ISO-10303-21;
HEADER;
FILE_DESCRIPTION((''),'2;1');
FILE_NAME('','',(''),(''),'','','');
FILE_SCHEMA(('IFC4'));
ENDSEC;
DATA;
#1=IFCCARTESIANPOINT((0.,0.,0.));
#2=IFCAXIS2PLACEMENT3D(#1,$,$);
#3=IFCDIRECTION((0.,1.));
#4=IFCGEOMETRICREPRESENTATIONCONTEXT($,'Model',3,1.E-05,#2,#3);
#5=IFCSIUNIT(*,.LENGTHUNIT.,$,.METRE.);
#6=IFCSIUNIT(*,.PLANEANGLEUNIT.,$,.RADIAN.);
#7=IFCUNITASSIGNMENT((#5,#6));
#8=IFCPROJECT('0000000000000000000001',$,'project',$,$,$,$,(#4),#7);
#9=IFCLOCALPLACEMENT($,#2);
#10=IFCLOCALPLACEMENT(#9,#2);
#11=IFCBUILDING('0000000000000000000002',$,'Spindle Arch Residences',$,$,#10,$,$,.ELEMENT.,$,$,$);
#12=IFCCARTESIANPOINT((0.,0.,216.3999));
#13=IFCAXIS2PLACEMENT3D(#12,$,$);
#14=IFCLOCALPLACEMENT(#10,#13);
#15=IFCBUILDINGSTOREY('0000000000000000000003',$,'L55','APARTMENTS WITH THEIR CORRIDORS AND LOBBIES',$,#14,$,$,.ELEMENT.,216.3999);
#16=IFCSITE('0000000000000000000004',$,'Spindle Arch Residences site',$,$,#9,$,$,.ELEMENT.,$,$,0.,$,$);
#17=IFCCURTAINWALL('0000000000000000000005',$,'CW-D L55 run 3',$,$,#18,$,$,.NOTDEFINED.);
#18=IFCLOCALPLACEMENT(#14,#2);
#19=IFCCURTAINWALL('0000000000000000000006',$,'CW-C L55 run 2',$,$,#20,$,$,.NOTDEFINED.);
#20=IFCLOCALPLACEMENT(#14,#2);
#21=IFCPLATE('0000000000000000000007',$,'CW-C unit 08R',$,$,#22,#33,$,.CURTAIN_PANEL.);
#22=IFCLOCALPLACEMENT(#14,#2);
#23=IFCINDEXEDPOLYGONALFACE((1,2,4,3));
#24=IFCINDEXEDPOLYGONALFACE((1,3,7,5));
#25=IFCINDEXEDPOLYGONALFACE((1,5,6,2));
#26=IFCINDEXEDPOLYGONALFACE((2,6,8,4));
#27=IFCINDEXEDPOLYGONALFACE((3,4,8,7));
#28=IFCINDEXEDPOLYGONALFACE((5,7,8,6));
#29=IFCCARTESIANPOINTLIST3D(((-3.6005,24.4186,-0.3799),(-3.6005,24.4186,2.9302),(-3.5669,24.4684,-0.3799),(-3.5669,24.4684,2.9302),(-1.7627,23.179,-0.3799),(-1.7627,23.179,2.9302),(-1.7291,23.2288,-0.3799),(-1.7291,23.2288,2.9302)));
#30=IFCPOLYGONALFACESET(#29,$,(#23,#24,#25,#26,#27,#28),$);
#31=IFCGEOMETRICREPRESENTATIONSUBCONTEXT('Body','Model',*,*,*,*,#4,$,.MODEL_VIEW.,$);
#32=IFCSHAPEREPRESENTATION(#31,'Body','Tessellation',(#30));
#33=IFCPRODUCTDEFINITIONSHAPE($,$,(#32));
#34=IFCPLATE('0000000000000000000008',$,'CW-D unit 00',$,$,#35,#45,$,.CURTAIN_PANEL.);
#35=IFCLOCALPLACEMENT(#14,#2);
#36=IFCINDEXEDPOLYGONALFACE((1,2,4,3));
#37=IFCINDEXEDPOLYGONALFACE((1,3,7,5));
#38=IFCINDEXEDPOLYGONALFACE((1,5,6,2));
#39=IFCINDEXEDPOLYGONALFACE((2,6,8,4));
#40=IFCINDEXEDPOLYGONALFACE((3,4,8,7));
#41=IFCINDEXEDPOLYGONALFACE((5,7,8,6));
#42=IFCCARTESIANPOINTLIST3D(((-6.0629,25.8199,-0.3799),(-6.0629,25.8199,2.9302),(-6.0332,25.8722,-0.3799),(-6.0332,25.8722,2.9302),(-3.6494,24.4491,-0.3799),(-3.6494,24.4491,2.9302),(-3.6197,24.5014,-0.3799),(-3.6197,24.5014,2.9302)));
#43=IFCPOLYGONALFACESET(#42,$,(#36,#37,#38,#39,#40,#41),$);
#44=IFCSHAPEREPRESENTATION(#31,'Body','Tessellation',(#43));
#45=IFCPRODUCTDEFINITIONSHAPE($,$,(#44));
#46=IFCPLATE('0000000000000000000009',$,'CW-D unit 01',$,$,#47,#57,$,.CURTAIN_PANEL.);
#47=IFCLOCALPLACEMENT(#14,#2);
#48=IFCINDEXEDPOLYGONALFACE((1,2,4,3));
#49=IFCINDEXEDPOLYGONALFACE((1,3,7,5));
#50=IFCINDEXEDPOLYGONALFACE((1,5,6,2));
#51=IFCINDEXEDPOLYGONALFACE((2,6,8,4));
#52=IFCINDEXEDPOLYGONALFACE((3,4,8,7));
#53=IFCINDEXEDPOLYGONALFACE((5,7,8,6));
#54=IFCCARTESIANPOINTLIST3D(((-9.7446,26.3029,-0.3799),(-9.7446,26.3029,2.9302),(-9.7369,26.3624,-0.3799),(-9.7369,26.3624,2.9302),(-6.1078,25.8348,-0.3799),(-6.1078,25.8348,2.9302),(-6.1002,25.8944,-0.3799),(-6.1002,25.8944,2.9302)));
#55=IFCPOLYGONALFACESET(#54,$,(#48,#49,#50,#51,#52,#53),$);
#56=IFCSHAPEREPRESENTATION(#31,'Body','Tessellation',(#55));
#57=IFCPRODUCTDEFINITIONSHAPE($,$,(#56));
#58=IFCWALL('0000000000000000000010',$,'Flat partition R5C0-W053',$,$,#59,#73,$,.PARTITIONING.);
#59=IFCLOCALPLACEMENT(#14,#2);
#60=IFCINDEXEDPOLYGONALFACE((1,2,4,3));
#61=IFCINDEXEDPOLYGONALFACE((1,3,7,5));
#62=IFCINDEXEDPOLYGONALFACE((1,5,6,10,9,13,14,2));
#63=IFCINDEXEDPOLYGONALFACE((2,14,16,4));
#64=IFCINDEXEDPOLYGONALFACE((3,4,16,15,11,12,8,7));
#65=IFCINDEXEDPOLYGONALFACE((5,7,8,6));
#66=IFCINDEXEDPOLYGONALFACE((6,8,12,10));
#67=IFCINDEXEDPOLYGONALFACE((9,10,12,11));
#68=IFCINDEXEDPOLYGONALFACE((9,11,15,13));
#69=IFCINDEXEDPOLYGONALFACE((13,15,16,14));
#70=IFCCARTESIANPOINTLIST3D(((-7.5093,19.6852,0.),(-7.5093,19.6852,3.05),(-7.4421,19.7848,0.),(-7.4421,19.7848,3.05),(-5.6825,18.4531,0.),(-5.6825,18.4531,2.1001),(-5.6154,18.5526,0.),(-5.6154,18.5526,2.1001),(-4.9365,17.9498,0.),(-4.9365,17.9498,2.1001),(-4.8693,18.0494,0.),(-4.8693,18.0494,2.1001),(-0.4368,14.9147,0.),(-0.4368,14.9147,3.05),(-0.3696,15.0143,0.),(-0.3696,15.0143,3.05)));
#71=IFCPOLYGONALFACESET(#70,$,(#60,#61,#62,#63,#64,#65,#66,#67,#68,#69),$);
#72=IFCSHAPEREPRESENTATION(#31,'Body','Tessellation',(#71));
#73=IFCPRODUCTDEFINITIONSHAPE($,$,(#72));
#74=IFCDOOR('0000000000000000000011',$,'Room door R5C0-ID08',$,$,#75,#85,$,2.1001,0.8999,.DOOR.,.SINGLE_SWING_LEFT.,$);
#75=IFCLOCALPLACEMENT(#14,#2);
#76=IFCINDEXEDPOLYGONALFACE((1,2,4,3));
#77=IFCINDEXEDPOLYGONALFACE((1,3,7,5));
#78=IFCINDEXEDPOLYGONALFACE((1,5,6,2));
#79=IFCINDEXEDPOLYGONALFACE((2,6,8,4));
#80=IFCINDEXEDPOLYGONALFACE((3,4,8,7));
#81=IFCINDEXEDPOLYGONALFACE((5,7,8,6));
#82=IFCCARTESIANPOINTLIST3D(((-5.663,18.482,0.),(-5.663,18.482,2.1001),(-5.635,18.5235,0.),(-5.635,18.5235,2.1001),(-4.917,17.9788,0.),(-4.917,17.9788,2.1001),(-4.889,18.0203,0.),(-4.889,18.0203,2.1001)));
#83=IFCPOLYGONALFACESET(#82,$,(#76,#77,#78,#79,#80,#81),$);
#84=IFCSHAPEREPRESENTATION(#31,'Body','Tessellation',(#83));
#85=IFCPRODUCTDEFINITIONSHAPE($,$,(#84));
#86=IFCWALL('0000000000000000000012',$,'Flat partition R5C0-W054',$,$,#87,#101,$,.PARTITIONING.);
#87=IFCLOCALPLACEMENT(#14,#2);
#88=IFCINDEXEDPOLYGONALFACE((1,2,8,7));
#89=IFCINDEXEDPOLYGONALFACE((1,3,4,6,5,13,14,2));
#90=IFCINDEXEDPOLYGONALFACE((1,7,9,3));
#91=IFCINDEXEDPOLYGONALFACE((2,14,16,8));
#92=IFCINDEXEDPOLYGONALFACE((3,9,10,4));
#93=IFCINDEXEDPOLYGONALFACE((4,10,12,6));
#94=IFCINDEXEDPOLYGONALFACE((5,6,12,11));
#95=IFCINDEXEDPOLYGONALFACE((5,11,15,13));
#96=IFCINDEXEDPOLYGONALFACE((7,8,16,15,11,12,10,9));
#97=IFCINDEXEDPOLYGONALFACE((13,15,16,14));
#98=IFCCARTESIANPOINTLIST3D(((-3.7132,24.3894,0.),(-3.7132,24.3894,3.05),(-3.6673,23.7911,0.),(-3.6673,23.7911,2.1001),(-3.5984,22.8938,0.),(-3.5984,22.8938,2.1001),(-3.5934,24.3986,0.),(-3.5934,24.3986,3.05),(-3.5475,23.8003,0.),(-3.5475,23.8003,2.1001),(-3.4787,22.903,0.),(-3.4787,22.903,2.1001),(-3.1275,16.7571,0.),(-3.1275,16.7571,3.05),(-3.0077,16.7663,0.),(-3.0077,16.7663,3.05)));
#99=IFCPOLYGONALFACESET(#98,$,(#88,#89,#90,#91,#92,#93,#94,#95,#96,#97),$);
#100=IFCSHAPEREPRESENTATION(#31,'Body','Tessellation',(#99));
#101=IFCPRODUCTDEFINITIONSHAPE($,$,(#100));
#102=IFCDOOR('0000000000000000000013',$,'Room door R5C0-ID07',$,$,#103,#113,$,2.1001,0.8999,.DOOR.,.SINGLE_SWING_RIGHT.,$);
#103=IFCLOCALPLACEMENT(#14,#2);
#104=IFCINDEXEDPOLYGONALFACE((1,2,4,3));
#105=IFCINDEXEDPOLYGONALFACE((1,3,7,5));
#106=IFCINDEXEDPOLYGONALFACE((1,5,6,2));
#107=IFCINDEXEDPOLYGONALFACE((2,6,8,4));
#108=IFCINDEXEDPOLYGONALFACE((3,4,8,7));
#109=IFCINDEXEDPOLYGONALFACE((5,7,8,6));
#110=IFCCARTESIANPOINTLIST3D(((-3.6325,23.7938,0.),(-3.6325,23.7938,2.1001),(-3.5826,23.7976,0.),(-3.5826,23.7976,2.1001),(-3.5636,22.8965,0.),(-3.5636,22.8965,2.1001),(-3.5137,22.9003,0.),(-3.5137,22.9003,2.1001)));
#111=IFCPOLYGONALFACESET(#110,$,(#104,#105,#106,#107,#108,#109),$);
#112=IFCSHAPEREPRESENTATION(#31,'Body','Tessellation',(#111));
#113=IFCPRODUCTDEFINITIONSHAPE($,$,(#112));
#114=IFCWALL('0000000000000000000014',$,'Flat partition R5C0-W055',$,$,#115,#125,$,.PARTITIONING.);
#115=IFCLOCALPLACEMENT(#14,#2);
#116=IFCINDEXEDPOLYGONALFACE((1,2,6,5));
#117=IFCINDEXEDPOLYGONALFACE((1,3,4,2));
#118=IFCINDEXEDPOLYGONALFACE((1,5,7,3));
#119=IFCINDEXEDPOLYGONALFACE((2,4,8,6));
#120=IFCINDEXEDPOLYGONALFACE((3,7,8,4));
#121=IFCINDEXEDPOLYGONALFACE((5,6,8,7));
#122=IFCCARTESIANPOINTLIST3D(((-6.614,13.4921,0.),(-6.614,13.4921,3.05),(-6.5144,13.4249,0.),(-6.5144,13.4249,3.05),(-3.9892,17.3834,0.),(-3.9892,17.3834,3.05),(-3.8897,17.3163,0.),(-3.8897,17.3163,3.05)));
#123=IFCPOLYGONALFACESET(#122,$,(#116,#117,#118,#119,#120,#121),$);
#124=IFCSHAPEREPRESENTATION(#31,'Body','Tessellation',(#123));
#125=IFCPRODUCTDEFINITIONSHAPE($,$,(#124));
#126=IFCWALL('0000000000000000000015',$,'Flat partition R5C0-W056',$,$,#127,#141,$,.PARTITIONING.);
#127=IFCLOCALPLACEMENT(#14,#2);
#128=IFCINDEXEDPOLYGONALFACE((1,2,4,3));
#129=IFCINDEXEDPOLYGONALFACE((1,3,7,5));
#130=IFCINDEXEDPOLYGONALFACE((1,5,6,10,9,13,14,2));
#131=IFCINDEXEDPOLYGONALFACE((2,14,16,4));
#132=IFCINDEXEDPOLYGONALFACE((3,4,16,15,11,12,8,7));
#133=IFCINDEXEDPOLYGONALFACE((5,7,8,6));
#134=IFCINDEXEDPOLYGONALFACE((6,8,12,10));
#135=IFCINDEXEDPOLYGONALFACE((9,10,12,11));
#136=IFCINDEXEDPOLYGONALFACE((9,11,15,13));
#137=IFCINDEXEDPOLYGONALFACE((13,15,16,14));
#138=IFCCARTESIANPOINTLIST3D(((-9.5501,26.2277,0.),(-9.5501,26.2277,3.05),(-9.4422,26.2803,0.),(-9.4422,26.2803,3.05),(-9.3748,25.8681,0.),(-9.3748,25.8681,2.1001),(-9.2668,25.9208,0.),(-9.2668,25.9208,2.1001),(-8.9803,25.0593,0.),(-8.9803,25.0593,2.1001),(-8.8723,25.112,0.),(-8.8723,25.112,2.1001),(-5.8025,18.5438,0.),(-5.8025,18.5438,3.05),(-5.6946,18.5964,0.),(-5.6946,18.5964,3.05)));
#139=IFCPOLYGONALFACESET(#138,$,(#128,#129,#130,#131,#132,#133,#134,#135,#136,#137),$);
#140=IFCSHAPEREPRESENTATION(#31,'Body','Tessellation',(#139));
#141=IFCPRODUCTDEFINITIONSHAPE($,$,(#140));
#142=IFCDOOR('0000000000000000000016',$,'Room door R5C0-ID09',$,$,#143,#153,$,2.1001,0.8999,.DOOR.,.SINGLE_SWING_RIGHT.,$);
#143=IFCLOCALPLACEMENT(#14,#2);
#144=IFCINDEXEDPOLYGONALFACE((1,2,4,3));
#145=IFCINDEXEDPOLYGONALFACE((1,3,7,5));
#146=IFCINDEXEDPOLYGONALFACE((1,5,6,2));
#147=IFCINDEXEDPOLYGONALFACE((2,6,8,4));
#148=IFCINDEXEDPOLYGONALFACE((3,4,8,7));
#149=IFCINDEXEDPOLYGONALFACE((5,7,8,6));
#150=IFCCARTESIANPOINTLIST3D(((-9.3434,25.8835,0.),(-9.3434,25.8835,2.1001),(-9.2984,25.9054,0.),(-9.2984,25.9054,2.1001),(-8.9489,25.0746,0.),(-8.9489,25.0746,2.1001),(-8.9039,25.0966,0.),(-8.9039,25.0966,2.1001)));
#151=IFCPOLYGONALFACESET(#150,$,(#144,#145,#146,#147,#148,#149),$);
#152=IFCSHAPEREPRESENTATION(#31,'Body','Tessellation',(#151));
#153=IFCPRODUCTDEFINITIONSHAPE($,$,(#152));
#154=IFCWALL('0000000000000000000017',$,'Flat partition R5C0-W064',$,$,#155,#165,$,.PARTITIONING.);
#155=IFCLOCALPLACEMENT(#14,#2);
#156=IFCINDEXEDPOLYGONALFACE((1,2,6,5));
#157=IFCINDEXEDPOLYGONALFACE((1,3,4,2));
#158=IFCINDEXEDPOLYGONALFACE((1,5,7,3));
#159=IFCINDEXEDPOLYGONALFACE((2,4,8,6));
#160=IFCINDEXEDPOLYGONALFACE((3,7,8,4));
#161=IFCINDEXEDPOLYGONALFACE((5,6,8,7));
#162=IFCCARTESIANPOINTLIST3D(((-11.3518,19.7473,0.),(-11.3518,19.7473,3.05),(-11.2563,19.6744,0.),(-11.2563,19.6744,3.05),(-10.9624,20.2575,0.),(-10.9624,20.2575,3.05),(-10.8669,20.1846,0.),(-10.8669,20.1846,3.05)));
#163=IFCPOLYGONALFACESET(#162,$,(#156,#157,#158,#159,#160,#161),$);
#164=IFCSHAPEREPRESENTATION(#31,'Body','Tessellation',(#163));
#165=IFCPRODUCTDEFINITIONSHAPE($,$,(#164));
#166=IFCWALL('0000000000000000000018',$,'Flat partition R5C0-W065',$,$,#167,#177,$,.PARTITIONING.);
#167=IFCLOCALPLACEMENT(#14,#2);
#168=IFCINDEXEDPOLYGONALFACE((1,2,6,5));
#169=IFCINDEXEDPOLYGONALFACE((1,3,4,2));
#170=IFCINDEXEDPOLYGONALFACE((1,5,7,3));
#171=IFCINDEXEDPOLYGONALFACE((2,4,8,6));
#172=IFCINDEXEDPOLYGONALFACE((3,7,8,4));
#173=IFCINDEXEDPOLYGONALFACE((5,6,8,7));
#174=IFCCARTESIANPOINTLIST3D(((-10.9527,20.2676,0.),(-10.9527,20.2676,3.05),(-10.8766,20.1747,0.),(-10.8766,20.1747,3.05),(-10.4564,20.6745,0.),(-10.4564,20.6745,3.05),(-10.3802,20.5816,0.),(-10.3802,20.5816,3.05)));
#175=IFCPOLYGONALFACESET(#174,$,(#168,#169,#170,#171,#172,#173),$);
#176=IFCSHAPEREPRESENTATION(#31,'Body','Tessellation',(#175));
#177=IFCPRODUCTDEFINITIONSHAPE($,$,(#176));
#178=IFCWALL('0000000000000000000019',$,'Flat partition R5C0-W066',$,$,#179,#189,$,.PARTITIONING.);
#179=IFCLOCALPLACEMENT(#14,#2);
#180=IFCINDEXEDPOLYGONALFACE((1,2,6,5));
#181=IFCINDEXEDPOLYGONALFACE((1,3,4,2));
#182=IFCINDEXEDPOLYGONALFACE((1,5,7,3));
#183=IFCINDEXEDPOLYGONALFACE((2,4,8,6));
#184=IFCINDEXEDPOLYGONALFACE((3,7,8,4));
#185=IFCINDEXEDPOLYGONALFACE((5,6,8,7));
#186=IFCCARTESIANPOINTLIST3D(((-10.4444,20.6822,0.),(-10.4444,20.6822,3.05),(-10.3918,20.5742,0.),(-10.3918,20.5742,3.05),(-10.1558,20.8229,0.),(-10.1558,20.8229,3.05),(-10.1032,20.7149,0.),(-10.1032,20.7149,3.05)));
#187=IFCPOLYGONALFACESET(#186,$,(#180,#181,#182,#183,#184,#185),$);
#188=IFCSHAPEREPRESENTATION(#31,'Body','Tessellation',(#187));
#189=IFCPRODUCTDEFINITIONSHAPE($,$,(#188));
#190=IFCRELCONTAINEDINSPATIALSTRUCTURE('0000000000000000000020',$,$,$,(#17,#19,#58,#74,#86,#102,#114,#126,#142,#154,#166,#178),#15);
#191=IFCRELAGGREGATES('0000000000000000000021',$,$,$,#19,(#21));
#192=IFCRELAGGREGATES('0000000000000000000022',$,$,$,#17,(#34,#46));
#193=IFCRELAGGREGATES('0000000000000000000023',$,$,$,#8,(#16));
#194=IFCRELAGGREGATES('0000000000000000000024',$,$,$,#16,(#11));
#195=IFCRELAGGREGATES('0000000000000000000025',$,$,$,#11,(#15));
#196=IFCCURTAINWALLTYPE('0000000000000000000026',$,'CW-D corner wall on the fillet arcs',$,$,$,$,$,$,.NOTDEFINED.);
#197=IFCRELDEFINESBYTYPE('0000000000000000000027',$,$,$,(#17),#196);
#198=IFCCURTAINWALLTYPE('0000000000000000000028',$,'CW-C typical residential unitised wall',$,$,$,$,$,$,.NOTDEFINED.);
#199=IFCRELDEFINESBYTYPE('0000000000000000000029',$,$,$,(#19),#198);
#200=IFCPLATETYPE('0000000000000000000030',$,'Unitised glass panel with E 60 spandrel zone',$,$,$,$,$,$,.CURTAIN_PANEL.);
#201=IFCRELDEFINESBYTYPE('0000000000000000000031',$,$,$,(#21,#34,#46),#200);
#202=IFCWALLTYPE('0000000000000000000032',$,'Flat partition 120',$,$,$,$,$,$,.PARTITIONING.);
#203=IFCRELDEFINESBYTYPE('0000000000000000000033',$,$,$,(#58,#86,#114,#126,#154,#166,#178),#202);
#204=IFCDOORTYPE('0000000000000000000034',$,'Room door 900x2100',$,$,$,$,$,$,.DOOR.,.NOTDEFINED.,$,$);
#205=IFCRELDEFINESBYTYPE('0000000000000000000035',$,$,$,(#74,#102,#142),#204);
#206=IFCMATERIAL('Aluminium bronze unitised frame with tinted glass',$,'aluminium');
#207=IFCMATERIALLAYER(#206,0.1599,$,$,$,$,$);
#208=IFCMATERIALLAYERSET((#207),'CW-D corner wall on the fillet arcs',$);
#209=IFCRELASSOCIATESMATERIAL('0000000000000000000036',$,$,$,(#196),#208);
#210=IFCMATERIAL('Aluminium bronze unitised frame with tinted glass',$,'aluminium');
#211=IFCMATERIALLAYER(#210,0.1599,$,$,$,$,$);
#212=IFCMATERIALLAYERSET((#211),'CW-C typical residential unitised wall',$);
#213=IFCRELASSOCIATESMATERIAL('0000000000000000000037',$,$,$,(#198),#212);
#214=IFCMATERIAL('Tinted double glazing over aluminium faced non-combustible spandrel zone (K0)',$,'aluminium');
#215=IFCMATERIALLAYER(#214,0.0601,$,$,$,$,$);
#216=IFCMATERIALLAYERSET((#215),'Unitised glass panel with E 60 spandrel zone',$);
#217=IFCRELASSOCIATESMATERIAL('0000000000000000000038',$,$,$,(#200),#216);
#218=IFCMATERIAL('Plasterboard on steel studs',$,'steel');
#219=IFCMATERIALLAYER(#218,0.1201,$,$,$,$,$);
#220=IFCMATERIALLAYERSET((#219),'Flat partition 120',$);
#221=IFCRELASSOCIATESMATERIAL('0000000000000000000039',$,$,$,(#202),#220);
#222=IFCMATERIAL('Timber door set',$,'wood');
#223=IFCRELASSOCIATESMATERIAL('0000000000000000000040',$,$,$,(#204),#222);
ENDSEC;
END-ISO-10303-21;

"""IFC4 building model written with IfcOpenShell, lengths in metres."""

from ifc_helpers import new_model, si_unit, direction, frame, frame_2d, origin, origin_2d, place, context, subcontext, project, spatial, rectangle, extrude, material, layer, layer_set, type_object, element, fill, aggregate, save


model = new_model("IFC4")

# Units and contexts
model_context = context("Model", 3, precision=1e-05, world=origin(), true_north=direction((0.0, 1.0)))
body_context = subcontext(model_context, "Body", "Model", "MODEL_VIEW")
ifc_project = project(units=[si_unit("LENGTHUNIT", "METRE"), si_unit("PLANEANGLEUNIT", "RADIAN")], contexts=[model_context])

# Site, building, storey
site_placement = place(None, origin())
site = spatial("IfcSite", under=ifc_project, at=site_placement, Name="Spindle Arch Residences site", CompositionType="ELEMENT", RefElevation=0.0)
building_placement = place(site_placement, origin())
building = spatial("IfcBuilding", under=site, at=building_placement, Name="Spindle Arch Residences", CompositionType="ELEMENT")
storey_placement = place(building_placement, frame((0.0, 0.0, 216.3999)))
storey = spatial("IfcBuildingStorey", under=building, at=storey_placement, Name="L55", Description="APARTMENTS WITH THEIR CORRIDORS AND LOBBIES", CompositionType="ELEMENT", Elevation=216.3999)

# Curtain wall
ifc_material_1 = material(Name="Aluminium bronze unitised frame with tinted glass", Category="aluminium")
ifc_layer_1 = layer(ifc_material_1, 0.1599)
ifc_layer_set_1 = layer_set([ifc_layer_1], Name="CW-D corner wall on the fillet arcs")
curtain_wall_type_1 = type_object("IfcCurtainWallType", Name="CW-D corner wall on the fillet arcs", PredefinedType="NOTDEFINED", material=ifc_layer_set_1)
curtain_wall_1_placement = place(storey_placement, origin())
curtain_wall_1 = element("IfcCurtainWall", 1, at=curtain_wall_1_placement, inside=storey, type_object=curtain_wall_type_1, Name="CW-D L55 run 3", PredefinedType="NOTDEFINED")

# Curtain wall, plate
ifc_material_2 = material(Name="Aluminium bronze unitised frame with tinted glass", Category="aluminium")
ifc_layer_2 = layer(ifc_material_2, 0.1599)
ifc_layer_set_2 = layer_set([ifc_layer_2], Name="CW-C typical residential unitised wall")
curtain_wall_type_2 = type_object("IfcCurtainWallType", Name="CW-C typical residential unitised wall", PredefinedType="NOTDEFINED", material=ifc_layer_set_2)
curtain_wall_2_placement = place(storey_placement, origin())
curtain_wall_2 = element("IfcCurtainWall", 2, at=curtain_wall_2_placement, inside=storey, type_object=curtain_wall_type_2, Name="CW-C L55 run 2", PredefinedType="NOTDEFINED")
ifc_material_3 = material(Name="Tinted double glazing over aluminium faced non-combustible spandrel zone (K0)", Category="aluminium")
ifc_layer_3 = layer(ifc_material_3, 0.0601)
ifc_layer_set_3 = layer_set([ifc_layer_3], Name="Unitised glass panel with E 60 spandrel zone")
plate_type = type_object("IfcPlateType", Name="Unitised glass panel with E 60 spandrel zone", PredefinedType="CURTAIN_PANEL", material=ifc_layer_set_3)
plate_1_placement = place(storey_placement, frame((-2.6648, 23.8237, -0.3799), z_axis=(0.0, 0.0, 1.0), x_axis=(-0.829038, 0.559193, 0.0)))
plate_1 = element("IfcPlate", 3, at=plate_1_placement, type_object=plate_type, Name="CW-C unit 08R", PredefinedType="CURTAIN_PANEL", context=body_context, shape_type="SweptSolid", body=[
    extrude(rectangle(XDim=2.2168, YDim=0.0601, at=origin_2d()), origin(), (0.0, 0.0, 1.0), 3.3101),
])
aggregate(curtain_wall_2, [plate_1])

# Plates
plate_2_placement = place(storey_placement, frame((-4.8413, 25.1606, -0.3799), z_axis=(0.0, 0.0, 1.0), x_axis=(-0.869539, 0.493865, 0.0)))
plate_2 = element("IfcPlate", 4, at=plate_2_placement, type_object=plate_type, Name="CW-D unit 00", PredefinedType="CURTAIN_PANEL", context=body_context, shape_type="SweptSolid", body=[
    extrude(rectangle(XDim=2.7756, YDim=0.0601, at=origin_2d()), origin(), (0.0, 0.0, 1.0), 3.3101),
])
plate_3_placement = place(storey_placement, frame((-7.9224, 26.0986, -0.3799), z_axis=(0.0, 0.0, 1.0), x_axis=(-0.99182, 0.127642, 0.0)))
plate_3 = element("IfcPlate", 5, at=plate_3_placement, type_object=plate_type, Name="CW-D unit 01", PredefinedType="CURTAIN_PANEL", context=body_context, shape_type="SweptSolid", body=[
    extrude(rectangle(XDim=3.6667, YDim=0.0601, at=origin_2d()), origin(), (0.0, 0.0, 1.0), 3.3101),
])
aggregate(curtain_wall_1, [plate_2, plate_3])

# Walls, openings, doors
ifc_material_4 = material(Name="Plasterboard on steel studs", Category="steel")
ifc_layer_4 = layer(ifc_material_4, 0.1201)
ifc_layer_set_4 = layer_set([ifc_layer_4], Name="Flat partition 120")
wall_type = type_object("IfcWallType", Name="Flat partition 120", PredefinedType="PARTITIONING", material=ifc_layer_set_4)
wall_1_placement = place(storey_placement, frame((-7.4758, 19.7351, 0.0), z_axis=(0.0, 0.0, 1.0), x_axis=(0.829035, -0.559196, 0.0)))
wall_1 = element("IfcWall", 6, at=wall_1_placement, inside=storey, type_object=wall_type, Name="Flat partition R5C0-W053", PredefinedType="PARTITIONING", context=body_context, shape_type="SweptSolid", body=[
    extrude(rectangle(XDim=8.531, YDim=0.1201, at=frame_2d((4.2656, 0.0))), origin(), (0.0, 0.0, 1.0), 3.05),
])
opening_1_placement = place(wall_1_placement, frame((2.2036, 0.0, 0.0)))
opening_1 = element("IfcOpeningElement", 7, at=opening_1_placement, cuts=wall_1, PredefinedType="OPENING", context=body_context, shape_type="SweptSolid", body=[
    extrude(rectangle(XDim=0.8999, YDim=2.1001, at=frame_2d((0.45, 1.05))), frame((0.0, 0.0701, 0.0), z_axis=(0.0, -1.0, 0.0), x_axis=(1.0, 0.0, 0.0)), (0.0, 0.0, 1.0), 0.1401),
])
ifc_material_5 = material(Name="Timber door set", Category="wood")
door_type = type_object("IfcDoorType", Name="Room door 900x2100", OperationType="NOTDEFINED", PredefinedType="DOOR", material=ifc_material_5)
door_1_placement = place(opening_1_placement, origin())
door_1 = element("IfcDoor", 8, at=door_1_placement, inside=storey, type_object=door_type, Name="Room door R5C0-ID08", OperationType="SINGLE_SWING_LEFT", OverallHeight=2.1001, OverallWidth=0.8999, PredefinedType="DOOR", context=body_context, shape_type="SweptSolid", body=[
    extrude(rectangle(XDim=0.8999, YDim=2.1001, at=frame_2d((0.45, 1.05))), frame((0.0, 0.0249, 0.0), z_axis=(0.0, -1.0, 0.0), x_axis=(1.0, 0.0, 0.0)), (0.0, 0.0, 1.0), 0.05),
])
fill(opening_1, door_1)
wall_2_placement = place(storey_placement, frame((-3.6533, 24.394, 0.0), z_axis=(0.0, 0.0, 1.0), x_axis=(0.076514, -0.997069, 0.0)))
wall_2 = element("IfcWall", 9, at=wall_2_placement, inside=storey, type_object=wall_type, Name="Flat partition R5C0-W054", PredefinedType="PARTITIONING", context=body_context, shape_type="SweptSolid", body=[
    extrude(rectangle(XDim=7.6548, YDim=0.1201, at=frame_2d((3.8274, 0.0))), origin(), (0.0, 0.0, 1.0), 3.05),
])
opening_2_placement = place(wall_2_placement, frame((0.6001, 0.0, 0.0)))
opening_2 = element("IfcOpeningElement", 10, at=opening_2_placement, cuts=wall_2, PredefinedType="OPENING", context=body_context, shape_type="SweptSolid", body=[
    extrude(rectangle(XDim=0.8999, YDim=2.1001, at=frame_2d((0.45, 1.05))), frame((0.0, 0.0701, 0.0), z_axis=(0.0, -1.0, 0.0), x_axis=(1.0, 0.0, 0.0)), (0.0, 0.0, 1.0), 0.1401),
])
door_2_placement = place(opening_2_placement, origin())
door_2 = element("IfcDoor", 11, at=door_2_placement, inside=storey, type_object=door_type, Name="Room door R5C0-ID07", OperationType="SINGLE_SWING_RIGHT", OverallHeight=2.1001, OverallWidth=0.8999, PredefinedType="DOOR", context=body_context, shape_type="SweptSolid", body=[
    extrude(rectangle(XDim=0.8999, YDim=2.1001, at=frame_2d((0.45, 1.05))), frame((0.0, 0.0249, 0.0), z_axis=(0.0, -1.0, 0.0), x_axis=(1.0, 0.0, 0.0)), (0.0, 0.0, 1.0), 0.05),
])
fill(opening_2, door_2)

# Wall
wall_3_placement = place(storey_placement, frame((-3.9395, 17.3499, 0.0), z_axis=(0.0, 0.0, 1.0), x_axis=(-0.559193, -0.829037, 0.0)))
element("IfcWall", 12, at=wall_3_placement, inside=storey, type_object=wall_type, Name="Flat partition R5C0-W055", PredefinedType="PARTITIONING", context=body_context, shape_type="SweptSolid", body=[
    extrude(rectangle(XDim=4.6938, YDim=0.1201, at=frame_2d((2.3469, 0.0))), origin(), (0.0, 0.0, 1.0), 3.05),
])

# Wall, opening, door
wall_4_placement = place(storey_placement, frame((-9.4961, 26.2539, 0.0), z_axis=(0.0, 0.0, 1.0), x_axis=(0.438362, -0.898799, 0.0)))
wall_4 = element("IfcWall", 13, at=wall_4_placement, inside=storey, type_object=wall_type, Name="Flat partition R5C0-W056", PredefinedType="PARTITIONING", context=body_context, shape_type="SweptSolid", body=[
    extrude(rectangle(XDim=8.5491, YDim=0.1201, at=frame_2d((4.2744, 0.0))), origin(), (0.0, 0.0, 1.0), 3.05),
])
opening_3_placement = place(wall_4_placement, frame((0.3999, 0.0, 0.0)))
opening_3 = element("IfcOpeningElement", 14, at=opening_3_placement, cuts=wall_4, PredefinedType="OPENING", context=body_context, shape_type="SweptSolid", body=[
    extrude(rectangle(XDim=0.8999, YDim=2.1001, at=frame_2d((0.45, 1.05))), frame((0.0, 0.0701, 0.0), z_axis=(0.0, -1.0, 0.0), x_axis=(1.0, 0.0, 0.0)), (0.0, 0.0, 1.0), 0.1401),
])
door_3_placement = place(opening_3_placement, origin())
door_3 = element("IfcDoor", 15, at=door_3_placement, inside=storey, type_object=door_type, Name="Room door R5C0-ID09", OperationType="SINGLE_SWING_RIGHT", OverallHeight=2.1001, OverallWidth=0.8999, PredefinedType="DOOR", context=body_context, shape_type="SweptSolid", body=[
    extrude(rectangle(XDim=0.8999, YDim=2.1001, at=frame_2d((0.45, 1.05))), frame((0.0, 0.0249, 0.0), z_axis=(0.0, -1.0, 0.0), x_axis=(1.0, 0.0, 0.0)), (0.0, 0.0, 1.0), 0.05),
])
fill(opening_3, door_3)

# Walls
for number, where, z_axis, x_axis, name in (
    (16, (-11.304, 19.7109, 0.0), (0.0, 0.0, 1.0), (0.606673, 0.794951, 0.0), "Flat partition R5C0-W064"),
    (17, (-10.9146, 20.2212, 0.0), (0.0, 0.0, 1.0), (0.773279, 0.634066, 0.0), "Flat partition R5C0-W065"),
):
    element("IfcWall", number, at=place(storey_placement, frame(where, z_axis=z_axis, x_axis=x_axis)), inside=storey, type_object=wall_type, Name=name, PredefinedType="PARTITIONING", context=body_context, shape_type="SweptSolid", body=[
        extrude(rectangle(XDim=0.6418, YDim=0.1201, at=frame_2d((0.3208, 0.0))), origin(), (0.0, 0.0, 1.0), 3.05),
    ])
wall_5_placement = place(storey_placement, frame((-10.4182, 20.6282, 0.0), z_axis=(0.0, 0.0, 1.0), x_axis=(0.898944, 0.438064, 0.0)))
element("IfcWall", 18, at=wall_5_placement, inside=storey, type_object=wall_type, Name="Flat partition R5C0-W066", PredefinedType="PARTITIONING", context=body_context, shape_type="SweptSolid", body=[
    extrude(rectangle(XDim=0.321, YDim=0.1201, at=frame_2d((0.1606, 0.0))), origin(), (0.0, 0.0, 1.0), 3.05),
])

save(model, "model.ifc")
